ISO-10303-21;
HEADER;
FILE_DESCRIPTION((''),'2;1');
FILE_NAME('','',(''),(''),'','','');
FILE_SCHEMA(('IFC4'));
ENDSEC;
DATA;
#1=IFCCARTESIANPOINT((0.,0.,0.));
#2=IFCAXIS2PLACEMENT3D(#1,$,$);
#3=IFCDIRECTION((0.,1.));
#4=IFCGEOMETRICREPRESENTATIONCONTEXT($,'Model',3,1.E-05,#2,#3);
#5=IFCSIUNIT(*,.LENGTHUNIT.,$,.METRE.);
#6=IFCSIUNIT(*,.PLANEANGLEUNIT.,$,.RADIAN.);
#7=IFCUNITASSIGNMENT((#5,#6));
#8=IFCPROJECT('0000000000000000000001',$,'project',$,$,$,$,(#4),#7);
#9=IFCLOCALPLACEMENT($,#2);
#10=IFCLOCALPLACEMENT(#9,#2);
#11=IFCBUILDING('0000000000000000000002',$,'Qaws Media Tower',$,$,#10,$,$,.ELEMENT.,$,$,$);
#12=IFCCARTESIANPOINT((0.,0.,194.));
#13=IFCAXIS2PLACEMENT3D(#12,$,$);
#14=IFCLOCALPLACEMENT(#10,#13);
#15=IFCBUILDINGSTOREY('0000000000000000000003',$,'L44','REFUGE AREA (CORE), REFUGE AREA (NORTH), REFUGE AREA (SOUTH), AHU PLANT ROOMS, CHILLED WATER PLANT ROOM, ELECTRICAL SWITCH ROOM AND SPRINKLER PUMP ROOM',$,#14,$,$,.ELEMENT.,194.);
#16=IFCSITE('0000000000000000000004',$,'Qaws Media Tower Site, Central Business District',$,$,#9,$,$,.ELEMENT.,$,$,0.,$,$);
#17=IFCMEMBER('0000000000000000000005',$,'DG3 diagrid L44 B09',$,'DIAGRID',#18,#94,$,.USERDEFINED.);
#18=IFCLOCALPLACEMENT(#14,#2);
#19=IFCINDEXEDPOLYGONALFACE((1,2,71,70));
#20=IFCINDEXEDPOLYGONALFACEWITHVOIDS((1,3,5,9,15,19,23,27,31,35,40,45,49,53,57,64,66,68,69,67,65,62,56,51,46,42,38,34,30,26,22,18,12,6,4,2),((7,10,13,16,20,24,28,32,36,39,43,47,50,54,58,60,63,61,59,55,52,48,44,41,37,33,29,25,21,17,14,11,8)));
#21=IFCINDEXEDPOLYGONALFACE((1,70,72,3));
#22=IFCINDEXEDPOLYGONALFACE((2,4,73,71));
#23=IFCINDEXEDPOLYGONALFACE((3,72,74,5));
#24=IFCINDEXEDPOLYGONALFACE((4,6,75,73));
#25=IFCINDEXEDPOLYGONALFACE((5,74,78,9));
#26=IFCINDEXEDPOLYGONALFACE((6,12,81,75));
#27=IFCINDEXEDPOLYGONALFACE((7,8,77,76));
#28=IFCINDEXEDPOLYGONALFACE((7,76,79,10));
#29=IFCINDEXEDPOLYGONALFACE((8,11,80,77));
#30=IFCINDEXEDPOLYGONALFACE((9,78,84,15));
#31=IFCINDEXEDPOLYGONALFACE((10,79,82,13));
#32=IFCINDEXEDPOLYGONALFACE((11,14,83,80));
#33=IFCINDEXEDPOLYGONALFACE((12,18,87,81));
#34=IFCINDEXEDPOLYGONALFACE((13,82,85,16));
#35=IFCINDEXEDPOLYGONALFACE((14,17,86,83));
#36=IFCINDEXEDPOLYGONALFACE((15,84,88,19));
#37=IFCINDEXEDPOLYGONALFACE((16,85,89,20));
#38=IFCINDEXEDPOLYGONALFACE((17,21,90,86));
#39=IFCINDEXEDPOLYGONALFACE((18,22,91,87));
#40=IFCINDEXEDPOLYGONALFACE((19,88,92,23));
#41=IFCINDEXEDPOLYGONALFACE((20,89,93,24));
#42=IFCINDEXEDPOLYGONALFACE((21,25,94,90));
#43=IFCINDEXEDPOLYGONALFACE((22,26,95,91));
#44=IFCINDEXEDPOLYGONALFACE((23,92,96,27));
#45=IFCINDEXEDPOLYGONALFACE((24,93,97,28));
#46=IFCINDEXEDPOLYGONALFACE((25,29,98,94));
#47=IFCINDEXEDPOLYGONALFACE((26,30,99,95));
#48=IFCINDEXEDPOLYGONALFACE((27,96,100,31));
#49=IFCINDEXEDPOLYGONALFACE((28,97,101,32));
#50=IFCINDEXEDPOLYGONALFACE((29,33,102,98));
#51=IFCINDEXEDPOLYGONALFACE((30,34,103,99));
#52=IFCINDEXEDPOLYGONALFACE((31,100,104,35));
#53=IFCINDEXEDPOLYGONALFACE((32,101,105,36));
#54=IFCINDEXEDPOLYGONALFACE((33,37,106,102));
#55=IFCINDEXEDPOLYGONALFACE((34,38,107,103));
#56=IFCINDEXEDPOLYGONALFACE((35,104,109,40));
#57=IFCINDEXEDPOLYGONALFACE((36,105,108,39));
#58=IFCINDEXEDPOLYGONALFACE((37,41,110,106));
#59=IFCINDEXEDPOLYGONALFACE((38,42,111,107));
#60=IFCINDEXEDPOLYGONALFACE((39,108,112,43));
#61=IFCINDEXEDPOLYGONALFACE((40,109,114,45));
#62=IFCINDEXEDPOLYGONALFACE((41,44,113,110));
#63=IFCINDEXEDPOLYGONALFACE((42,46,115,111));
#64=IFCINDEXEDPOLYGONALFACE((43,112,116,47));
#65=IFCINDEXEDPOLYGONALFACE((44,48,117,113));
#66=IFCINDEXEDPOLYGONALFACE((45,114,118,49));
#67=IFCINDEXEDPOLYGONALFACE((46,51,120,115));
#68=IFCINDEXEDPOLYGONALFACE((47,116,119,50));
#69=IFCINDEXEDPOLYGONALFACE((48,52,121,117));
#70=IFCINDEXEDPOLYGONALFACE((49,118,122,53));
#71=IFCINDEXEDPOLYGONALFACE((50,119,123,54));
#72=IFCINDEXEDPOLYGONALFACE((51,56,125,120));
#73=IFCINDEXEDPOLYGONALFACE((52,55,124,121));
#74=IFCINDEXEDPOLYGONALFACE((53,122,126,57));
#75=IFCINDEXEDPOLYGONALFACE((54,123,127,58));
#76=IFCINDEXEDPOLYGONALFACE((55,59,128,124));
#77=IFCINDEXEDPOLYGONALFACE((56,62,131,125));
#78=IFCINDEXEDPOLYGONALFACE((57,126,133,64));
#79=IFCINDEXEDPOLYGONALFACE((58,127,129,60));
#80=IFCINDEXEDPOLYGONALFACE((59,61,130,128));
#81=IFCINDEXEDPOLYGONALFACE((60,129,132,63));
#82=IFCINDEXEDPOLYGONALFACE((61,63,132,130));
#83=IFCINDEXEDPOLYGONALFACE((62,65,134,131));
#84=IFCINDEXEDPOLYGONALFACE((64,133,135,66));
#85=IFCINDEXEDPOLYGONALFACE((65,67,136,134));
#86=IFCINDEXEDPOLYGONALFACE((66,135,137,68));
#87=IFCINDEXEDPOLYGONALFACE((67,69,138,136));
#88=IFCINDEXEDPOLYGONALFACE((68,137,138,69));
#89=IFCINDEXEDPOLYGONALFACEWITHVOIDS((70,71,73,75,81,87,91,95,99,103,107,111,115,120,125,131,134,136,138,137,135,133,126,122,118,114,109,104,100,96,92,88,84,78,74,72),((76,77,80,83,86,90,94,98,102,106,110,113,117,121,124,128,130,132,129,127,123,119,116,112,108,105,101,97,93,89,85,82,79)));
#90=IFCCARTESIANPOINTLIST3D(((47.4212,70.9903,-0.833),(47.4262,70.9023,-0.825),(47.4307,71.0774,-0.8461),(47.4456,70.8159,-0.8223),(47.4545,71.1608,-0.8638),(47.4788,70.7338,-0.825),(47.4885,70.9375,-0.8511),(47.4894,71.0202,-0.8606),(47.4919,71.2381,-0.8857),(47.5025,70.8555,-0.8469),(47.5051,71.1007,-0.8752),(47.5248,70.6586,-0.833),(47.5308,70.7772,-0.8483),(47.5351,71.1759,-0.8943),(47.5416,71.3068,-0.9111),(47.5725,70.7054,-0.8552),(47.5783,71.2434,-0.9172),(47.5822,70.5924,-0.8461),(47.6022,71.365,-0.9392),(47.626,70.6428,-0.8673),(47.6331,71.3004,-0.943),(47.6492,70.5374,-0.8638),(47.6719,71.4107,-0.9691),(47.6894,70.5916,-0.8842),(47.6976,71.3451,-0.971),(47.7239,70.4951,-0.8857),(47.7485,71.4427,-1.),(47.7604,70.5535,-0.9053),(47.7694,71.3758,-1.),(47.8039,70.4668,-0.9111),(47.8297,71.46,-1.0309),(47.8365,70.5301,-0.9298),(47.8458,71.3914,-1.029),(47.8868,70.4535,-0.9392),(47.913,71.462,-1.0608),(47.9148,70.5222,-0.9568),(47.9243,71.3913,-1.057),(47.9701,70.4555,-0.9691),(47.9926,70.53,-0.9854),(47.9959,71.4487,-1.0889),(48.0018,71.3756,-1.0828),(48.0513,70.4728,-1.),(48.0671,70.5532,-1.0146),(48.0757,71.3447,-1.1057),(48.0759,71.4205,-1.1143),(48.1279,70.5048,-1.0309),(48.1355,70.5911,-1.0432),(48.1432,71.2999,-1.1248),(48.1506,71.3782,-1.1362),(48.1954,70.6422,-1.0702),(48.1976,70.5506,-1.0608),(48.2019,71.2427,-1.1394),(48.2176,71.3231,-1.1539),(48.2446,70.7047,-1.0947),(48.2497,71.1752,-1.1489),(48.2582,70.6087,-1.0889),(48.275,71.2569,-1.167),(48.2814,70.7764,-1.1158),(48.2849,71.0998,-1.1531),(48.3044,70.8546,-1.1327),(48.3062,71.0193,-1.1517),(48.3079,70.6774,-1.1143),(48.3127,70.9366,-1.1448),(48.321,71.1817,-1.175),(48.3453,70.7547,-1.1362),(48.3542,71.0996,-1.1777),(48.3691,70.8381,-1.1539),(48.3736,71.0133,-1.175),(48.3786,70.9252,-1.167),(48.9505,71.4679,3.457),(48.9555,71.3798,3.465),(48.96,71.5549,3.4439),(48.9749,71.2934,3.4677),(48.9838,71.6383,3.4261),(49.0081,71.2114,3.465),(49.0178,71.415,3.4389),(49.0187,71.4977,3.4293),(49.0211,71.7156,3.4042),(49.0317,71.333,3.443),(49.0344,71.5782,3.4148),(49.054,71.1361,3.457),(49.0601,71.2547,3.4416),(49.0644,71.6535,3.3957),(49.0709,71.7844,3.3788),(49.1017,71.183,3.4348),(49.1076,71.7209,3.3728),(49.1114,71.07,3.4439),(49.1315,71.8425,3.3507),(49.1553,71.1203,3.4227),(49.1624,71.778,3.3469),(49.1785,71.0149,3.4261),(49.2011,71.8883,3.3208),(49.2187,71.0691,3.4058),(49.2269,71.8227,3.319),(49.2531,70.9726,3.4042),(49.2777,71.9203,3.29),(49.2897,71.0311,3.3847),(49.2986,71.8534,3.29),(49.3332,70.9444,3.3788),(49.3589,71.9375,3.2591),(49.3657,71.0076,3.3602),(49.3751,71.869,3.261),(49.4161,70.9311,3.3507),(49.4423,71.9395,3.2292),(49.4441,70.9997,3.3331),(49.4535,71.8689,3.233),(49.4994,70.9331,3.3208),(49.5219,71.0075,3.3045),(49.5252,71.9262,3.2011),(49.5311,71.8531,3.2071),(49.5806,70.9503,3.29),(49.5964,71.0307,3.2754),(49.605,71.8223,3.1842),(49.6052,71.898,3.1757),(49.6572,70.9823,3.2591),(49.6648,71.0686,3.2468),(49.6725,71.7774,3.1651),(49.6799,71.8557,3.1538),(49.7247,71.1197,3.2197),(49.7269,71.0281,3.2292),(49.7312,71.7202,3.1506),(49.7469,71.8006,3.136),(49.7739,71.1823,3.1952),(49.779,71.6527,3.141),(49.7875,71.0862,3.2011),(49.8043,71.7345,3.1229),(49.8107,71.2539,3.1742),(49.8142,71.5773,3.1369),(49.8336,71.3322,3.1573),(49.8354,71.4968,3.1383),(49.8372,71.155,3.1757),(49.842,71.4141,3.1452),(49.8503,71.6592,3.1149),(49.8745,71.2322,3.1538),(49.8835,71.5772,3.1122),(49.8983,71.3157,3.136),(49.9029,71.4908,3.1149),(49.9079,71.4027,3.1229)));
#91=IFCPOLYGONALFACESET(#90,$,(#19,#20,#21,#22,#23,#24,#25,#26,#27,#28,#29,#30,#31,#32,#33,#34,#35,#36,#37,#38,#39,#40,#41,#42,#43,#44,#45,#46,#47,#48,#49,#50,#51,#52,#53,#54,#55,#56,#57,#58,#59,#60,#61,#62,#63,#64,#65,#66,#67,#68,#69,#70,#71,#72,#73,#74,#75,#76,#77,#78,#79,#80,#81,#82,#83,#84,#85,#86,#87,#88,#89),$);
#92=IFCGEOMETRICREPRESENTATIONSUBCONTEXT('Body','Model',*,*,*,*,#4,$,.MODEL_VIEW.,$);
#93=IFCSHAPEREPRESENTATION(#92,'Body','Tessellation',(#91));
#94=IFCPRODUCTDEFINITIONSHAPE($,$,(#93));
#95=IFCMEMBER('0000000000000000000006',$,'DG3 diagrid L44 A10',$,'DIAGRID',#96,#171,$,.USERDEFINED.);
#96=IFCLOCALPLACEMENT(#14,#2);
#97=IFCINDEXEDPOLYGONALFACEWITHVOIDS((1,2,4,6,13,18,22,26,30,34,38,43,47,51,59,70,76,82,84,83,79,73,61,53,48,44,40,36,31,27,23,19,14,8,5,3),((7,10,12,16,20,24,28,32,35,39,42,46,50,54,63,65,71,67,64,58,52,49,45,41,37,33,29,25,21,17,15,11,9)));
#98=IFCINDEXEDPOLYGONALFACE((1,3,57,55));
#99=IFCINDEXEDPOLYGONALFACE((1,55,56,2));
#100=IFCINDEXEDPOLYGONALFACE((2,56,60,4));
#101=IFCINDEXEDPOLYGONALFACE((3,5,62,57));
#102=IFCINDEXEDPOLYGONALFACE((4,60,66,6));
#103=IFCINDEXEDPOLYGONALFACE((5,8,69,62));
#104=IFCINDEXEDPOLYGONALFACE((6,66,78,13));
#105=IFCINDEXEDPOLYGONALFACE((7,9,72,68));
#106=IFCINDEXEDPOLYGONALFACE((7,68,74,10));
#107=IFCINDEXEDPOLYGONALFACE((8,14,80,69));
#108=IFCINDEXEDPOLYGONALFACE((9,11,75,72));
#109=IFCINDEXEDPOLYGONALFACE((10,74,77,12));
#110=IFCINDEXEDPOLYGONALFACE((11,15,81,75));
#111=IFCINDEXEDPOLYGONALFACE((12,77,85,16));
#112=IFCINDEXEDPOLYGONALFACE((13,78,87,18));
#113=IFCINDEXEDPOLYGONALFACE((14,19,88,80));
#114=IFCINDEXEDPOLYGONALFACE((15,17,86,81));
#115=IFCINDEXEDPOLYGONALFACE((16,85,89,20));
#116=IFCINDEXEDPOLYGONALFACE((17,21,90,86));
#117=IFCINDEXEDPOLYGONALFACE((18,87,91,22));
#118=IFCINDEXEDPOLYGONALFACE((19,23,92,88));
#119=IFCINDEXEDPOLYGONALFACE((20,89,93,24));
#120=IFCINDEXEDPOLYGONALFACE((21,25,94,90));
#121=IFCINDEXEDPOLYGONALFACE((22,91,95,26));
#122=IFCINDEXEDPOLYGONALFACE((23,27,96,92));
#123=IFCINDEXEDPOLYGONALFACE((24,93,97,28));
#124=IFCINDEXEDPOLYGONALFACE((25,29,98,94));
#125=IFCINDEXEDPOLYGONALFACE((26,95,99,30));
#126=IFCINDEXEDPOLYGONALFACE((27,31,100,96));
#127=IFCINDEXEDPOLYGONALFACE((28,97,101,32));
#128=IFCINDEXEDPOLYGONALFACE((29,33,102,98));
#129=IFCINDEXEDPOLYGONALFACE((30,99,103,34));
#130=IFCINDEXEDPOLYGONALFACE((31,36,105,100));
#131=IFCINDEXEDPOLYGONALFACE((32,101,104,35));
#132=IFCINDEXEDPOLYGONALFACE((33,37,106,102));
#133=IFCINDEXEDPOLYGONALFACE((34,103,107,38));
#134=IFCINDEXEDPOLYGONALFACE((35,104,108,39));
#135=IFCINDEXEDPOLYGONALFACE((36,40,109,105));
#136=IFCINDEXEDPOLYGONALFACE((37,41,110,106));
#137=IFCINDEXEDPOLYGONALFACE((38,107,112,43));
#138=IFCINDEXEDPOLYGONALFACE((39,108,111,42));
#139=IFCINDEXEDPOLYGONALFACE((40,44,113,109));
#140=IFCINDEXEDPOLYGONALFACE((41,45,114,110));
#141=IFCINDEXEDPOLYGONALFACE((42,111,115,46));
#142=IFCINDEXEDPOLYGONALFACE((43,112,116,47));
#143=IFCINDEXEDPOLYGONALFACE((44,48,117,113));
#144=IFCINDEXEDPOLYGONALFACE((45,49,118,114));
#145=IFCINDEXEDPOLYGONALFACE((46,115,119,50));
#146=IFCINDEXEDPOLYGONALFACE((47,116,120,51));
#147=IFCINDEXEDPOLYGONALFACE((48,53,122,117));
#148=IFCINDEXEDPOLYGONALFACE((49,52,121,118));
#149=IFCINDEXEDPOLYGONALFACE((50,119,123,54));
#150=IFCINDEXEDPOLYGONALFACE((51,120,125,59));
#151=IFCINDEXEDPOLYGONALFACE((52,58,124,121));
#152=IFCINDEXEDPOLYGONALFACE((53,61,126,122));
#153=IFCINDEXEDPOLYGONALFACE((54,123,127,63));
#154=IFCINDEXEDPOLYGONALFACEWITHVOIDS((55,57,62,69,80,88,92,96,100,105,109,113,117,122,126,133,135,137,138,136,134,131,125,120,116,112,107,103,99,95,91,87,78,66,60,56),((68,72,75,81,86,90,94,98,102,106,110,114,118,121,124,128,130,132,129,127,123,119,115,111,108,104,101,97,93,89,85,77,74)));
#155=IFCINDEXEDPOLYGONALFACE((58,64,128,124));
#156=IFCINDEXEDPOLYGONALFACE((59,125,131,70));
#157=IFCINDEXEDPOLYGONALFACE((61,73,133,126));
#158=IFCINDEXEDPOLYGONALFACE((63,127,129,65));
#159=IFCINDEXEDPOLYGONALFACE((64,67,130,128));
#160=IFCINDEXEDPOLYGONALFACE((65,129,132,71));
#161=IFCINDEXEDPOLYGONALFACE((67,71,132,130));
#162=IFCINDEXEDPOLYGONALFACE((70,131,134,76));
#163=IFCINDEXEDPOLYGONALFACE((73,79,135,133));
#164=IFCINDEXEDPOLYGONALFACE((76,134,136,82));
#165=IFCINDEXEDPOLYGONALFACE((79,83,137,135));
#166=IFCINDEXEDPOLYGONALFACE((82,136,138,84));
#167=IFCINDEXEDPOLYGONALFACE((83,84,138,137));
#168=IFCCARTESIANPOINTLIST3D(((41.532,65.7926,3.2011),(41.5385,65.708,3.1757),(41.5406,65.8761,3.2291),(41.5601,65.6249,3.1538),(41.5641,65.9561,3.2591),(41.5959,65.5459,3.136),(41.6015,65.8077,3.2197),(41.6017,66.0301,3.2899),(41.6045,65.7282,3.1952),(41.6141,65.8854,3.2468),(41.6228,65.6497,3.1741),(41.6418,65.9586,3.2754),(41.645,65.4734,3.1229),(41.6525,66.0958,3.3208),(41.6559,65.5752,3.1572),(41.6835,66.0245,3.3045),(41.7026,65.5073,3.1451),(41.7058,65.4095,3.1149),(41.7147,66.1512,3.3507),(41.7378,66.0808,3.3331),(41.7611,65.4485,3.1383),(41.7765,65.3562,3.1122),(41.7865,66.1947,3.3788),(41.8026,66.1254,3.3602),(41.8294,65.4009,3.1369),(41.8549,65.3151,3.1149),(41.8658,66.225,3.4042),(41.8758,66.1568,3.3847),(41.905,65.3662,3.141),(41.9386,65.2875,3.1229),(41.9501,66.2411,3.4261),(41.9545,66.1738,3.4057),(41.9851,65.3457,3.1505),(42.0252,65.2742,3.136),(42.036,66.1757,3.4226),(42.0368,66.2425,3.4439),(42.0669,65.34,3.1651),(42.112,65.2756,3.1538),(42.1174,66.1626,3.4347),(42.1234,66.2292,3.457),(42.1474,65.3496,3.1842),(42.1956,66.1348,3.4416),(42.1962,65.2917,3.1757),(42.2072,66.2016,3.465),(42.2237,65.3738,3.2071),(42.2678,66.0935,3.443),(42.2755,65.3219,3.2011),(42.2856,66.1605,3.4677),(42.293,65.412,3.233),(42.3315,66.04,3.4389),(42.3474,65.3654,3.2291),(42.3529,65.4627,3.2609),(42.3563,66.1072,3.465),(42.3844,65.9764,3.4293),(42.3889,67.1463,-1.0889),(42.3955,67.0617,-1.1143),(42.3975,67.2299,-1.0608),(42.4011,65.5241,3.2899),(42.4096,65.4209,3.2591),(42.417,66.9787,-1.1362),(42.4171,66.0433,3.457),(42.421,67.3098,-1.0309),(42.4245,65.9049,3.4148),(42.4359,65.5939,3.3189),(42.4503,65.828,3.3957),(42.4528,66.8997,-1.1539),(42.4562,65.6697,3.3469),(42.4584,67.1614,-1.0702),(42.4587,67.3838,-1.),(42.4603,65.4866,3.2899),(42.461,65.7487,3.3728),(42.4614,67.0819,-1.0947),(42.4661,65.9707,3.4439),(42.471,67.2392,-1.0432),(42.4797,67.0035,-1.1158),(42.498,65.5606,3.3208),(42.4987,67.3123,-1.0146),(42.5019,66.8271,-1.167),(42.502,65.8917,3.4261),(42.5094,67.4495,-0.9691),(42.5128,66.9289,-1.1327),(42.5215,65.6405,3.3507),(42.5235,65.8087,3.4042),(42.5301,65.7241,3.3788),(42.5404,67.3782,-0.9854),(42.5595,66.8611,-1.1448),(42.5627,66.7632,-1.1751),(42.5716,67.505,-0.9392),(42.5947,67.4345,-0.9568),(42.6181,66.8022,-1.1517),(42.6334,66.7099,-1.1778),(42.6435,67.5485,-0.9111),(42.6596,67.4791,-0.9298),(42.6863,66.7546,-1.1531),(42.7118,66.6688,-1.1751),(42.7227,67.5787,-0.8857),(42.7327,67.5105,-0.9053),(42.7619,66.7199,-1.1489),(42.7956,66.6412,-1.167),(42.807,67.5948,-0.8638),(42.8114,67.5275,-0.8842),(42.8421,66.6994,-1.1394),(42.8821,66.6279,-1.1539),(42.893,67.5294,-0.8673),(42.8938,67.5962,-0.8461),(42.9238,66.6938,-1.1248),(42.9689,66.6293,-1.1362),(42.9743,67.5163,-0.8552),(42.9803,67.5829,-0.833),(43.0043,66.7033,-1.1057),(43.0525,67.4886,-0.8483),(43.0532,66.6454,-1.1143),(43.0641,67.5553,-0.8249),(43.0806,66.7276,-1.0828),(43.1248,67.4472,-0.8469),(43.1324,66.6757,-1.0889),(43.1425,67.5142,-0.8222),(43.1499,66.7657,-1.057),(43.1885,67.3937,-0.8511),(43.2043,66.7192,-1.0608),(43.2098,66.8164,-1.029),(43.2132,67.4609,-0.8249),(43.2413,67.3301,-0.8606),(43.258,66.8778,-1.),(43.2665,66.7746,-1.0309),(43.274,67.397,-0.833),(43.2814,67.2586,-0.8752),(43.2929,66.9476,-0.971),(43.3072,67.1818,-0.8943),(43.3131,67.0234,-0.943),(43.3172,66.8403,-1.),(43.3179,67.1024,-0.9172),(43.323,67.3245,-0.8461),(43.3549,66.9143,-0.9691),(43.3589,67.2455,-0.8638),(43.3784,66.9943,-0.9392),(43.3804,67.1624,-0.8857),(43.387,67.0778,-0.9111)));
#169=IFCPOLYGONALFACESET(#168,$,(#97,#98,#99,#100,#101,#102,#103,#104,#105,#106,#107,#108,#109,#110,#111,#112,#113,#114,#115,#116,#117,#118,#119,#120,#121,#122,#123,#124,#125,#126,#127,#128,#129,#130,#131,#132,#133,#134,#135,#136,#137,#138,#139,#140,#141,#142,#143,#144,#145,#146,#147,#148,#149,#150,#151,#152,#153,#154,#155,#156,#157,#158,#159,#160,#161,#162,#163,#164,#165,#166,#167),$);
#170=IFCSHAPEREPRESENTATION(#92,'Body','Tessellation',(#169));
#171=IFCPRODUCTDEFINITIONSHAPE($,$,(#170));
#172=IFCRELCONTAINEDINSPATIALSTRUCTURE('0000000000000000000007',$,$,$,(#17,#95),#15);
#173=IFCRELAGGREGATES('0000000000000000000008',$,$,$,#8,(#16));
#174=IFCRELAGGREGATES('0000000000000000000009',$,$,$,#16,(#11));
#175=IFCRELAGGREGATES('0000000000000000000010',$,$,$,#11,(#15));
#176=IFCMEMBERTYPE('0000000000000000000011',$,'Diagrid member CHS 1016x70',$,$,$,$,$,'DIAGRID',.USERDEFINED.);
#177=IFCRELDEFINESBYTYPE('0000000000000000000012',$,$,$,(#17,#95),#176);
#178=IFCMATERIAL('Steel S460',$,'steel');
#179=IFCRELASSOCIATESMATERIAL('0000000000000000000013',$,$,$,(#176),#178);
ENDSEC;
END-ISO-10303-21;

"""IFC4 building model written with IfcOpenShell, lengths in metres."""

from ifc_helpers import new_model, si_unit, direction, frame, origin, origin_2d, place, context, subcontext, project, spatial, hollow_circle, extrude, material, material_profile, profile_set, type_object, element, save


model = new_model("IFC4")

# Units and contexts
model_context = context("Model", 3, precision=1e-05, world=origin(), true_north=direction((0.0, 1.0)))
body_context = subcontext(model_context, "Body", "Model", "MODEL_VIEW")
ifc_project = project(units=[si_unit("LENGTHUNIT", "METRE"), si_unit("PLANEANGLEUNIT", "RADIAN")], contexts=[model_context])

# Site, building, storey
site_placement = place(None, origin())
site = spatial("IfcSite", under=ifc_project, at=site_placement, Name="Qaws Media Tower Site, Central Business District", CompositionType="ELEMENT", RefElevation=0.0)
building_placement = place(site_placement, origin())
building = spatial("IfcBuilding", under=site, at=building_placement, Name="Qaws Media Tower", CompositionType="ELEMENT")
storey_placement = place(building_placement, frame((0.0, 0.0, 194.0)))
storey = spatial("IfcBuildingStorey", under=building, at=storey_placement, Name="L44", Description="REFUGE AREA (CORE), REFUGE AREA (NORTH), REFUGE AREA (SOUTH), AHU PLANT ROOMS, CHILLED WATER PLANT ROOM, ELECTRICAL SWITCH ROOM AND SPRINKLER PUMP ROOM", CompositionType="ELEMENT", Elevation=194.0)

# Members
ifc_material_1 = material(Name="Steel S460", Category="steel")
ifc_material_profile_1 = material_profile(ifc_material_1, hollow_circle(Radius=0.5081, WallThickness=0.0701, at=origin_2d()), Name="CHS 1016x70")
ifc_profile_set_1 = profile_set([ifc_material_profile_1], Name="Steel S460")
member_type = type_object("IfcMemberType", Name="Diagrid member CHS 1016x70", ElementType="DIAGRID", PredefinedType="USERDEFINED", material=ifc_profile_set_1)
for number, where, z_axis, x_axis, name in (
    (1, (47.8999, 70.9578, -1.0), (0.333949, 0.104279, 0.936805), (-0.298067, 0.954545, 0.0), "DG3 diagrid L44 B09"),
    (2, (42.8879, 67.1121, -1.0), (-0.187126, -0.295616, 0.936801), (0.844945, -0.534853, 0.0), "DG3 diagrid L44 A10"),
):
    element("IfcMember", number, at=place(storey_placement, frame(where, z_axis=z_axis, x_axis=x_axis)), inside=storey, type_object=member_type, Name=name, ObjectType="DIAGRID", PredefinedType="USERDEFINED", context=body_context, shape_type="SweptSolid", body=[
        extrude(hollow_circle(Radius=0.5081, WallThickness=0.0701, at=origin_2d()), origin(), (0.0, 0.0, 1.0), 4.5793),
    ])

save(model, "model.ifc")
